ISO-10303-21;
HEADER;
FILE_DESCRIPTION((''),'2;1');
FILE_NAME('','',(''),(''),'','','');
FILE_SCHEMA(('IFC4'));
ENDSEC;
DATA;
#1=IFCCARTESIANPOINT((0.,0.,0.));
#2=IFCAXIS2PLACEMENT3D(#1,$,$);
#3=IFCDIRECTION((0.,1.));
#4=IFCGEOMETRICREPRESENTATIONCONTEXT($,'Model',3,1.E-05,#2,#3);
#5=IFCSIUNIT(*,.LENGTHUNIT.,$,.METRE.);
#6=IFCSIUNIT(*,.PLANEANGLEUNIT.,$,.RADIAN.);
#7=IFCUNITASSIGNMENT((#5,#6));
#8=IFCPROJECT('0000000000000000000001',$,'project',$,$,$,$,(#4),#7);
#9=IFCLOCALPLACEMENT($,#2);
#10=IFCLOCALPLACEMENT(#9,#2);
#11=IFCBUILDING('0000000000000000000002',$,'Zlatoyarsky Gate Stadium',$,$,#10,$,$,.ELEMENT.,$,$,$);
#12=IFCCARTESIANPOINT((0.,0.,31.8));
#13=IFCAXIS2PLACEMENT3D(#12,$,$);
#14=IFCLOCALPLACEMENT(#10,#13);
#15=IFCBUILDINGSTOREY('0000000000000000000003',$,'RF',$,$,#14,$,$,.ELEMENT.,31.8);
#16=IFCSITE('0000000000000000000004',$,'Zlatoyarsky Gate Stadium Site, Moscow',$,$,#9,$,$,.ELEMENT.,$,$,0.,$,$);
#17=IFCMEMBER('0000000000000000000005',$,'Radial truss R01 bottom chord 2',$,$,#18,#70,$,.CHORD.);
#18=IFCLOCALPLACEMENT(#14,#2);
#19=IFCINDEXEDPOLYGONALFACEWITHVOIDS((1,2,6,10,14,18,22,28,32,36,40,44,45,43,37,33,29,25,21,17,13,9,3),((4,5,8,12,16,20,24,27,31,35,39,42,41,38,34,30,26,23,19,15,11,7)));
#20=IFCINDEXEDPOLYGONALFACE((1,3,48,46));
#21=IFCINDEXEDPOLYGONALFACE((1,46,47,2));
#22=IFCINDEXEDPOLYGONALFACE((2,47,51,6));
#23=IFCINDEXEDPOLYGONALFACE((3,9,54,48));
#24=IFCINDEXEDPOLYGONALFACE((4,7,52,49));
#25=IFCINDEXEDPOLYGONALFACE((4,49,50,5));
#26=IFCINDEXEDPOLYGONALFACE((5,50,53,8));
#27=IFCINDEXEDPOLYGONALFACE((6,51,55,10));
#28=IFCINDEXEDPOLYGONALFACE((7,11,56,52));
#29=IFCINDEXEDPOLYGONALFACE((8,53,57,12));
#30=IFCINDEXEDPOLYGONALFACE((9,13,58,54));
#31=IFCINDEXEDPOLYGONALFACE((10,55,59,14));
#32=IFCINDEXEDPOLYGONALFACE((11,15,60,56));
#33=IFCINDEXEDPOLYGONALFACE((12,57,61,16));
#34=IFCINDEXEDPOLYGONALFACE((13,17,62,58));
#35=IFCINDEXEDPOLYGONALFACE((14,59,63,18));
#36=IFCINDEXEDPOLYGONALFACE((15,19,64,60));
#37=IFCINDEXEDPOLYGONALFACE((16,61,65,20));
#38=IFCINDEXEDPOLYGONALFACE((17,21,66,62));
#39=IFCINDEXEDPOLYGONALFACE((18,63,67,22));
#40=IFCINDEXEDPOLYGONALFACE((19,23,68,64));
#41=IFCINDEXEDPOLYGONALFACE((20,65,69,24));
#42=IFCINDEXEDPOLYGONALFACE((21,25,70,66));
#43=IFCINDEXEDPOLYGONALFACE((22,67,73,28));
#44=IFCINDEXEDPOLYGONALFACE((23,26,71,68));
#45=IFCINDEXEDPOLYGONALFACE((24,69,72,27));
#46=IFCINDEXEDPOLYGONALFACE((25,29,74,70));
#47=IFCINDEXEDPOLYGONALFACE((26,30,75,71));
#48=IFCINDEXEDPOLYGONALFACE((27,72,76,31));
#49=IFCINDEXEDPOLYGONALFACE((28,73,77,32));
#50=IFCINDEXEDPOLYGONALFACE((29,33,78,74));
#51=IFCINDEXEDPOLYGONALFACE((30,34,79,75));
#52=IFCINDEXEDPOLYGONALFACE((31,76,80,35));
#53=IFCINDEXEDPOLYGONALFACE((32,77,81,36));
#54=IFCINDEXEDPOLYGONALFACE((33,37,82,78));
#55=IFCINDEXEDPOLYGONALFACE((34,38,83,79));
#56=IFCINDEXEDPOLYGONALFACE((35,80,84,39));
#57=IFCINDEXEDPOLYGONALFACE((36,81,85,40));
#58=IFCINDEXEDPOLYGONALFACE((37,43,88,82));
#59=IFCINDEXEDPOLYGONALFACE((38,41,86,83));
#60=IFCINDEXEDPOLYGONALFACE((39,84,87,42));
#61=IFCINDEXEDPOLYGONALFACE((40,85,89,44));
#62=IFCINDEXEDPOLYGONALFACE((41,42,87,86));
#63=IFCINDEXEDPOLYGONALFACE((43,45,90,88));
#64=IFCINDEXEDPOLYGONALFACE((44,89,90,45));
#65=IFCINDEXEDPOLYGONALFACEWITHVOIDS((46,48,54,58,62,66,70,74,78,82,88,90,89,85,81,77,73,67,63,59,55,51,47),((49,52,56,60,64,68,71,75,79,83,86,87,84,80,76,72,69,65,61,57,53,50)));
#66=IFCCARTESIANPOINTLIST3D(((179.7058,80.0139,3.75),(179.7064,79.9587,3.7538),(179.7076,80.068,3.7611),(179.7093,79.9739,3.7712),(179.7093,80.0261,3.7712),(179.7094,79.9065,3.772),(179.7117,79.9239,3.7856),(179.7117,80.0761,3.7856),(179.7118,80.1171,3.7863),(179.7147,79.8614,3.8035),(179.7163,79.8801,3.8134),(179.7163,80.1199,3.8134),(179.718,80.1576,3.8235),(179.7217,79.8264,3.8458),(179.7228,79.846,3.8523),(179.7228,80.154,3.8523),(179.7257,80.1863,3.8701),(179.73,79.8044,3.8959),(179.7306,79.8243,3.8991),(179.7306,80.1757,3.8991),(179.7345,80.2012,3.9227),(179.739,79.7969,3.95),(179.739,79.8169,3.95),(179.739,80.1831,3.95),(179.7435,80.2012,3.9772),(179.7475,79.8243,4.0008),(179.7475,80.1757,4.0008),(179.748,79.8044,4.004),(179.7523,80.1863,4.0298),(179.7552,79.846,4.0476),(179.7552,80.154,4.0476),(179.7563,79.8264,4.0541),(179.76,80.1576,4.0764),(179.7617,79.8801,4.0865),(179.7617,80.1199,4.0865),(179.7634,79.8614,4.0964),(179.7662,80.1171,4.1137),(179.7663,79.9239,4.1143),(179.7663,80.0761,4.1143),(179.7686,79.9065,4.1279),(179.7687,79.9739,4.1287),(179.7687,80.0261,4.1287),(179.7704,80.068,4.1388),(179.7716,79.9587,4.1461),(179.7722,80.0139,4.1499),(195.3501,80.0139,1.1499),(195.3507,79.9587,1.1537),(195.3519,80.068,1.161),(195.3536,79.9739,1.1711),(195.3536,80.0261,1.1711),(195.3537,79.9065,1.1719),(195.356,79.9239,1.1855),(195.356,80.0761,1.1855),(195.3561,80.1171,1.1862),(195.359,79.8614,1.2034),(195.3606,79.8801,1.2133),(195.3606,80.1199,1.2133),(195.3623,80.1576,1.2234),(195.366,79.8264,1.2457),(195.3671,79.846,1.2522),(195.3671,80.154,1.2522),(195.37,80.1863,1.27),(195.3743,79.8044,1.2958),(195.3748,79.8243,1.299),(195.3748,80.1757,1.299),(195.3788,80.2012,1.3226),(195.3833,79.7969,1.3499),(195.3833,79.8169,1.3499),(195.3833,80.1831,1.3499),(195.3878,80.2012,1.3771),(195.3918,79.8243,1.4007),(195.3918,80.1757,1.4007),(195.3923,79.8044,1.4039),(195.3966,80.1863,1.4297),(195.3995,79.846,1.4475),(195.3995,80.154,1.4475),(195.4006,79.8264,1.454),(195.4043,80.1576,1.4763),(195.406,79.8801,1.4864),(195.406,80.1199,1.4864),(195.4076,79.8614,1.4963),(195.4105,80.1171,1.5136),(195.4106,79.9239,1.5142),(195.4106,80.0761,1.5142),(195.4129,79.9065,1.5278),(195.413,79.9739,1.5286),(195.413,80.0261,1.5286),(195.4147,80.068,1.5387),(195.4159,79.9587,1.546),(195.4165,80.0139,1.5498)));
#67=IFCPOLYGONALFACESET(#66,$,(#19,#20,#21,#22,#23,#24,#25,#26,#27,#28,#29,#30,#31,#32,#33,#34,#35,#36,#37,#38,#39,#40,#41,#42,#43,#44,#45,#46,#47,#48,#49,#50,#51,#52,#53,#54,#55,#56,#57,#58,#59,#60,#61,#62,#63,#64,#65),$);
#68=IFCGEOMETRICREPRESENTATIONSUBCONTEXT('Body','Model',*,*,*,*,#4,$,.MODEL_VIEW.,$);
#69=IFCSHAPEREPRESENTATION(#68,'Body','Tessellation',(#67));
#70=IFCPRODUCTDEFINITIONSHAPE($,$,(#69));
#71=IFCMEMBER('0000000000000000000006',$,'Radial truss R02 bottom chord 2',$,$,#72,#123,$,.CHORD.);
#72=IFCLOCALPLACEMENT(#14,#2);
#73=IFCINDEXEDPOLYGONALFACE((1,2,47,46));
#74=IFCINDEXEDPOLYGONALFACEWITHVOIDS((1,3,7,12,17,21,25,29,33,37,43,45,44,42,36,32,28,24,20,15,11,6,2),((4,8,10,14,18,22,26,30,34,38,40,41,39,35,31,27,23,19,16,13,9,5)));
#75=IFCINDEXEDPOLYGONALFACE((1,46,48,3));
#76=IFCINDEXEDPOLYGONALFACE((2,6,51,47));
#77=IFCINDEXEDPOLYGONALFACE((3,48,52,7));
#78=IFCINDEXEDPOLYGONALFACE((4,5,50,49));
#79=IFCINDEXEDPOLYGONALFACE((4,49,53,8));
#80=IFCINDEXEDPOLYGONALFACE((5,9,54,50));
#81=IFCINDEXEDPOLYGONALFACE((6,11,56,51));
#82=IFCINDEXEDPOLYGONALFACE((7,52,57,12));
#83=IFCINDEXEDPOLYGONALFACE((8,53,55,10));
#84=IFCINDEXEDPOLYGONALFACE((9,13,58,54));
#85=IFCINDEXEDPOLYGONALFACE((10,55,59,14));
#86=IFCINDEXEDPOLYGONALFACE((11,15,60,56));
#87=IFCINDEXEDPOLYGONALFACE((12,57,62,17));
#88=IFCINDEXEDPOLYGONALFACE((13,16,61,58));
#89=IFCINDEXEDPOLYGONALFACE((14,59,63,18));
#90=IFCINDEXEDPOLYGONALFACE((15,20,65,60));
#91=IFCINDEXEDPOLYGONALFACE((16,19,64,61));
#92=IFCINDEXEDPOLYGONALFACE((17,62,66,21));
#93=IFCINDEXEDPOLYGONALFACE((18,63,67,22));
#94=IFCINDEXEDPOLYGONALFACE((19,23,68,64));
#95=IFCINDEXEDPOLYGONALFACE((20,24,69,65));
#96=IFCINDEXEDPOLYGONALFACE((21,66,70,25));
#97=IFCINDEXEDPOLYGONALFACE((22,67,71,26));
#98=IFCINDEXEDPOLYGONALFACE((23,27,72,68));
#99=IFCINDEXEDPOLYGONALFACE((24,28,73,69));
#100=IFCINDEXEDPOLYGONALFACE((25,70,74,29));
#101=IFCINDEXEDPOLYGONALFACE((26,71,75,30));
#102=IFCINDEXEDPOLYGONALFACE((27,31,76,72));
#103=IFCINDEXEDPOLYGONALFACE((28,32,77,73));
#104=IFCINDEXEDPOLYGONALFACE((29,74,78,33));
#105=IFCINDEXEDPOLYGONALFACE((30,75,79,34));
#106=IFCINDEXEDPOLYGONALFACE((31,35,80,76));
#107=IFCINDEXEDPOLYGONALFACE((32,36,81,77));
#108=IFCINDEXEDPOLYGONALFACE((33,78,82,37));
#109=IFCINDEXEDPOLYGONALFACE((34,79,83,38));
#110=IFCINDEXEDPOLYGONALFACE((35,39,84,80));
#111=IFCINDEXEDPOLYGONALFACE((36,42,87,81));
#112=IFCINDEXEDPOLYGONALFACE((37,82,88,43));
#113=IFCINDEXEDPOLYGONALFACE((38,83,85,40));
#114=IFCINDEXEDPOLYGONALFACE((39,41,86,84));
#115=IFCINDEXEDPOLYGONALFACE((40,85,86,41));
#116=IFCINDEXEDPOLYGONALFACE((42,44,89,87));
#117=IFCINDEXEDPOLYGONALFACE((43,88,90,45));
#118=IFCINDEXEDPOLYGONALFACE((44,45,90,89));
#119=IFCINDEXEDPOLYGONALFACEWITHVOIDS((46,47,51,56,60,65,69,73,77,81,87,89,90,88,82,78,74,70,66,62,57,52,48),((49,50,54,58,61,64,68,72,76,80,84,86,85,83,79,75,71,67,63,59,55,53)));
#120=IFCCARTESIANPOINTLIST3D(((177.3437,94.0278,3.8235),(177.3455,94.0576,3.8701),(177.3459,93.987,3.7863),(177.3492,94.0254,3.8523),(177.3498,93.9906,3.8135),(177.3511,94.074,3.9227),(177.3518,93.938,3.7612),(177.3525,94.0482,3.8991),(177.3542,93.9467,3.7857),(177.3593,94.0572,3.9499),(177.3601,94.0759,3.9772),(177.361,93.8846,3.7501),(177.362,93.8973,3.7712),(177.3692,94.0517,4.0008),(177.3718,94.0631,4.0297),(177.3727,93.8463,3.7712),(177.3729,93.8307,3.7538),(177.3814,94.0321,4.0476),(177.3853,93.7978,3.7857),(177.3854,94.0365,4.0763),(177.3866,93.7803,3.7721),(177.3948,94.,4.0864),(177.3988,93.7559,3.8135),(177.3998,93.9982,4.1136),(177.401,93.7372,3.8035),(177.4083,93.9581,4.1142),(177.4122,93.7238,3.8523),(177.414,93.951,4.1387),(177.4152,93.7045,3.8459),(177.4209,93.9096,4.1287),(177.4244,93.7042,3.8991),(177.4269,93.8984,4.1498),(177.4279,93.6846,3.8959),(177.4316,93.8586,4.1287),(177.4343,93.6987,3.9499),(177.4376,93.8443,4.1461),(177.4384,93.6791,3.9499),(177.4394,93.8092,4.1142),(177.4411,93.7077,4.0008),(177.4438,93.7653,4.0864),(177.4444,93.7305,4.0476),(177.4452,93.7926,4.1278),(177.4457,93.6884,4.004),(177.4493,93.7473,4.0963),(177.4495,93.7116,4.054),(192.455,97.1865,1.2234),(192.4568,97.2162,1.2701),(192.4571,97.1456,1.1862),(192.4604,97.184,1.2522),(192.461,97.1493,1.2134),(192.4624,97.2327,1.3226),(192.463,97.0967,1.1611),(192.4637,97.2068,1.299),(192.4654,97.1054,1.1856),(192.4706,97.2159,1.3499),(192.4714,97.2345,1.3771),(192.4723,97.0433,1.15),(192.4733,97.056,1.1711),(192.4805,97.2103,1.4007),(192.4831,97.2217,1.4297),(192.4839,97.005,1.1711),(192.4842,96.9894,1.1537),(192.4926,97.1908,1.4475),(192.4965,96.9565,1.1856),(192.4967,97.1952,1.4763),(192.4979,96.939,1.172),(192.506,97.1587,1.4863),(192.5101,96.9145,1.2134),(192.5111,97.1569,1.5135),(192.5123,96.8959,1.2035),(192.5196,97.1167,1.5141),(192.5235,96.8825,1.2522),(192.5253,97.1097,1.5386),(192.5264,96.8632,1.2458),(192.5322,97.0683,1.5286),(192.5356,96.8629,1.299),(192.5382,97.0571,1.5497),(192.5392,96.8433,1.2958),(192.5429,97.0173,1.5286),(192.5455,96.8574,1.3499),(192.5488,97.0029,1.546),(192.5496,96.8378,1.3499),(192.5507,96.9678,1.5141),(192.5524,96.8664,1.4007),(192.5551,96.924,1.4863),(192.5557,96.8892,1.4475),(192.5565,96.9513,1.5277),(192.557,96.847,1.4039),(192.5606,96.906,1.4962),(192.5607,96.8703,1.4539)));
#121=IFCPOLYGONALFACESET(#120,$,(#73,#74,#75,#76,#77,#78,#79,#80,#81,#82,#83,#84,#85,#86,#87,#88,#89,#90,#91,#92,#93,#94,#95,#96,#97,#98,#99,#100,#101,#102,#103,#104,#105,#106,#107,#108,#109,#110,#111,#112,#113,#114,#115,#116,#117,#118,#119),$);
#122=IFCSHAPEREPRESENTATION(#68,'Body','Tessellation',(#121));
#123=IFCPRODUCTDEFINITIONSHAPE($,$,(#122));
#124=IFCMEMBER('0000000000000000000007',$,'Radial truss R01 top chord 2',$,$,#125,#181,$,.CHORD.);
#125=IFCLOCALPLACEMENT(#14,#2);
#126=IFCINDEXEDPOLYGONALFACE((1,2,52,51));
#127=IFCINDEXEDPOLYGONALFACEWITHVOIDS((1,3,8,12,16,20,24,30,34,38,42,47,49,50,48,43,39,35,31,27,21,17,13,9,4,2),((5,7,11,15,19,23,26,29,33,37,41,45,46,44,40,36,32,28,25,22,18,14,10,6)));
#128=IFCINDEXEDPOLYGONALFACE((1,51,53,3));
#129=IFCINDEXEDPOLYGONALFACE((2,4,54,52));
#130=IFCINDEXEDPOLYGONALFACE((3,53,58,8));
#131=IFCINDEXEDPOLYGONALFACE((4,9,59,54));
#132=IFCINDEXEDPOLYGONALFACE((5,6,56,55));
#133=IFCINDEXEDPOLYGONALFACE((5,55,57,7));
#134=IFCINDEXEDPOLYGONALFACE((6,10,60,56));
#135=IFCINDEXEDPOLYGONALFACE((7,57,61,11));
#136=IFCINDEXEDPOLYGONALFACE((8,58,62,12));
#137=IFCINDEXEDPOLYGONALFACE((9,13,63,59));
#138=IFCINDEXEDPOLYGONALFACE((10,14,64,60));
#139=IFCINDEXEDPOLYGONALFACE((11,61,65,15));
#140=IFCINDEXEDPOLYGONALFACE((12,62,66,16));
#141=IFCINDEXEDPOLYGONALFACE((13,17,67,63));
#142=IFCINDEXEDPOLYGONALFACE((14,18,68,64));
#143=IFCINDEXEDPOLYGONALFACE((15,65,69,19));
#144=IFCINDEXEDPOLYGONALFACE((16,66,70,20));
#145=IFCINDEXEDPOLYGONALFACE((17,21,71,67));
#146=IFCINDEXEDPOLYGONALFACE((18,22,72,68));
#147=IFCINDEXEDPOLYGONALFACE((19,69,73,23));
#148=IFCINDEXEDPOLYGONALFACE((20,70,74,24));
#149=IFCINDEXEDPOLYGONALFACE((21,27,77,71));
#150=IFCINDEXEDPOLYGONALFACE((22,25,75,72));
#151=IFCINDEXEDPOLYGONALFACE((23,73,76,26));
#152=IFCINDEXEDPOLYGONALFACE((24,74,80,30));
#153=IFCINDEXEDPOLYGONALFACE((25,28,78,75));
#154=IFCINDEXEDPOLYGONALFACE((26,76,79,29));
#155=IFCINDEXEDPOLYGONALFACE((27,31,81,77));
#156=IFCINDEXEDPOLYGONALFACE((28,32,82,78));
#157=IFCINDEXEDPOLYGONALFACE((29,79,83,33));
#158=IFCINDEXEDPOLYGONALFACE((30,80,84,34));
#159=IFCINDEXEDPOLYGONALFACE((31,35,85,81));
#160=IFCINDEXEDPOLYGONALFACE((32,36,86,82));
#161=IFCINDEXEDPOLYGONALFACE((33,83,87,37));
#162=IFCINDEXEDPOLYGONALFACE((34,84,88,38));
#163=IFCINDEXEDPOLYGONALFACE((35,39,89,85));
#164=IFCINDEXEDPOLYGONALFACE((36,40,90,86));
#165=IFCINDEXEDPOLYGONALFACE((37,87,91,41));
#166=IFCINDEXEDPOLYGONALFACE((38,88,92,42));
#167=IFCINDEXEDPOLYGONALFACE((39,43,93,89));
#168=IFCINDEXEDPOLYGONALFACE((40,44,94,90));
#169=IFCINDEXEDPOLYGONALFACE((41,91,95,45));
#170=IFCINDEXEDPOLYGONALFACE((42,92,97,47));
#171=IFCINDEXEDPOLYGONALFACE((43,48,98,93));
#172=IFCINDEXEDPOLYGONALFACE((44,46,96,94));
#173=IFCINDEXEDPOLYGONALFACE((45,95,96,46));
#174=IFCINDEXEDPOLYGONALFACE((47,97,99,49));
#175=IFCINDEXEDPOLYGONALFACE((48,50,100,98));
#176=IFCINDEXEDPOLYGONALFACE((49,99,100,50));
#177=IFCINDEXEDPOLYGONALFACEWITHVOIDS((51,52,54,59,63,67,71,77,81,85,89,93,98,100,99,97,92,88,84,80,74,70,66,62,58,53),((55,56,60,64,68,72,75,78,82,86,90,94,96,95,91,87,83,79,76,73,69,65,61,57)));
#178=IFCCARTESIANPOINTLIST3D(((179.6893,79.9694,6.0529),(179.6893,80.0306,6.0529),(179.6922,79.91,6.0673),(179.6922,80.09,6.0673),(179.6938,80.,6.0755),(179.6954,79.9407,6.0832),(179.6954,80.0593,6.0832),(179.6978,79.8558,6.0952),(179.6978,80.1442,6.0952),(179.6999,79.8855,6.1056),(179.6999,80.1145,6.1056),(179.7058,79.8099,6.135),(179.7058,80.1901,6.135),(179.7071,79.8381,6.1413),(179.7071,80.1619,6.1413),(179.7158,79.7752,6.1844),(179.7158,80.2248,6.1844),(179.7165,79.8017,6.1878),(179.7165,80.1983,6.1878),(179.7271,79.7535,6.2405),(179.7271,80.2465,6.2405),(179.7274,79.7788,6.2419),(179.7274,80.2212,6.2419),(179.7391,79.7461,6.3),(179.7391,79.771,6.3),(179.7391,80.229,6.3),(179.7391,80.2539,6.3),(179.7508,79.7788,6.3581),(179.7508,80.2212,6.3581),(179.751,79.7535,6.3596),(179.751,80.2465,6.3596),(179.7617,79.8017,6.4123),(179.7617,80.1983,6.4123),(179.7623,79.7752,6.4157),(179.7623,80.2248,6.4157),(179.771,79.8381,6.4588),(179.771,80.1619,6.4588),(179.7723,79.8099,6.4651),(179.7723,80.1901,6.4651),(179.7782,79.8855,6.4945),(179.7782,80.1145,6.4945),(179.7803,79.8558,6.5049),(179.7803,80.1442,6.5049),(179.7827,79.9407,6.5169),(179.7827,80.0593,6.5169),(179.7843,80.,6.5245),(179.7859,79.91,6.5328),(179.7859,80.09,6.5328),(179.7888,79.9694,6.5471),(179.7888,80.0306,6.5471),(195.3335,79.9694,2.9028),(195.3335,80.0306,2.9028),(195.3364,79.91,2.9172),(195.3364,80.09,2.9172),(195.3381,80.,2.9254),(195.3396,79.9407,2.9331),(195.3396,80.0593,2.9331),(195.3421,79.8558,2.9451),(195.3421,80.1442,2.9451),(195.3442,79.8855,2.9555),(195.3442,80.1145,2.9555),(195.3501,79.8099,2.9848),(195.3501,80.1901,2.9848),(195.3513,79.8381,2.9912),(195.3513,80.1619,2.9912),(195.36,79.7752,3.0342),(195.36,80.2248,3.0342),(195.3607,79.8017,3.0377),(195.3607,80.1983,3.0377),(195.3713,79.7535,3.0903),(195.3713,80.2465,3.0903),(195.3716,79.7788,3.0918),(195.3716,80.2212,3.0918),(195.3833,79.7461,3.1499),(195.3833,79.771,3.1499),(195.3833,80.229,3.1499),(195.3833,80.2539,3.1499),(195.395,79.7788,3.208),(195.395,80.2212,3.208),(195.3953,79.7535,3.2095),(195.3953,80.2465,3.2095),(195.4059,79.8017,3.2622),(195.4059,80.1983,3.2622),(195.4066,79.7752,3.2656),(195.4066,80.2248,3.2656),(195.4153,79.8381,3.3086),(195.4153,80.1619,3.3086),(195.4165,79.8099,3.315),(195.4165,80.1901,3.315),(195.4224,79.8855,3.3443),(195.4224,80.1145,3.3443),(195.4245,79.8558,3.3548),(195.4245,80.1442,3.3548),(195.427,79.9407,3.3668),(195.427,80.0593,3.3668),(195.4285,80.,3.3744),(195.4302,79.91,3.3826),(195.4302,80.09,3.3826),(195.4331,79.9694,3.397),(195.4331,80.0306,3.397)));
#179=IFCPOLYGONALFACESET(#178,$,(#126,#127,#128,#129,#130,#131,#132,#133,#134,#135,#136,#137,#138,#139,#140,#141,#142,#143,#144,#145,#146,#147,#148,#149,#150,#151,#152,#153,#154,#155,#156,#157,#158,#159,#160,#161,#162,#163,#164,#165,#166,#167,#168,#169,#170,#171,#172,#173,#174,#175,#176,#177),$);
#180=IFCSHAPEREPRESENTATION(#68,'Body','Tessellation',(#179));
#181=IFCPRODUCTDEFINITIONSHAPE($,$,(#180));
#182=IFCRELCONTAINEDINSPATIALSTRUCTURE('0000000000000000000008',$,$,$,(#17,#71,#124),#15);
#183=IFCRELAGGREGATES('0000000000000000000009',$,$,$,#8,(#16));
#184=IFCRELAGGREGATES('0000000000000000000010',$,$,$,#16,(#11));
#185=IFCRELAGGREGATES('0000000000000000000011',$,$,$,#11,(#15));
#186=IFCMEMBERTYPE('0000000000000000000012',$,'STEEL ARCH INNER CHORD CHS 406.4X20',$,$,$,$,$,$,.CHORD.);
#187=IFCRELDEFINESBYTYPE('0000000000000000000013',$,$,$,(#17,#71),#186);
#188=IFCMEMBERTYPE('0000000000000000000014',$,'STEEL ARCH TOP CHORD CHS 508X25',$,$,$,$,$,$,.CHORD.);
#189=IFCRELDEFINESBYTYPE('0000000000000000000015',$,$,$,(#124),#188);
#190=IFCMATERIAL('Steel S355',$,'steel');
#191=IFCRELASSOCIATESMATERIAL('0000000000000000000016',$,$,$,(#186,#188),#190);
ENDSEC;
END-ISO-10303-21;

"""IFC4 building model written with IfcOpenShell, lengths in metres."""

from ifc_helpers import new_model, si_unit, direction, frame, origin, origin_2d, place, context, subcontext, project, spatial, hollow_circle, extrude, material, material_profile, profile_set, type_object, element, save


model = new_model("IFC4")

# Units and contexts
model_context = context("Model", 3, precision=1e-05, world=origin(), true_north=direction((0.0, 1.0)))
body_context = subcontext(model_context, "Body", "Model", "MODEL_VIEW")
ifc_project = project(units=[si_unit("LENGTHUNIT", "METRE"), si_unit("PLANEANGLEUNIT", "RADIAN")], contexts=[model_context])

# Site, building, storey
site_placement = place(None, origin())
site = spatial("IfcSite", under=ifc_project, at=site_placement, Name="Zlatoyarsky Gate Stadium Site, Moscow", CompositionType="ELEMENT", RefElevation=0.0)
building_placement = place(site_placement, origin())
building = spatial("IfcBuilding", under=site, at=building_placement, Name="Zlatoyarsky Gate Stadium", CompositionType="ELEMENT")
storey_placement = place(building_placement, frame((0.0, 0.0, 31.8)))
storey = spatial("IfcBuildingStorey", under=building, at=storey_placement, Name="RF", CompositionType="ELEMENT", Elevation=31.8)

# Members
ifc_material_1 = material(Name="Steel S355", Category="steel")
ifc_material_profile_1 = material_profile(ifc_material_1, hollow_circle(Radius=0.2031, WallThickness=0.02, at=origin_2d()), Name="CHS 406.4X20")
ifc_profile_set_1 = profile_set([ifc_material_profile_1], Name="Steel S355")
member_type_1 = type_object("IfcMemberType", Name="STEEL ARCH INNER CHORD CHS 406.4X20", PredefinedType="CHORD", material=ifc_profile_set_1)
member_1_placement = place(storey_placement, frame((195.3833, 80.0, 1.3499), z_axis=(-0.986468, 0.0, 0.163952), x_axis=(0.0, -1.0, 0.0)))
element("IfcMember", 1, at=member_1_placement, inside=storey, type_object=member_type_1, Name="Radial truss R01 bottom chord 2", PredefinedType="CHORD", context=body_context, shape_type="SweptSolid", body=[
    extrude(hollow_circle(Radius=0.2031, WallThickness=0.02, at=origin_2d()), origin(), (0.0, 0.0, 1.0), 15.8589),
])
member_2_placement = place(storey_placement, frame((192.5081, 97.0366, 1.3499), z_axis=(-0.96525, -0.201764, 0.166084), x_axis=(0.204606, -0.978844, 0.0)))
element("IfcMember", 2, at=member_2_placement, inside=storey, type_object=member_type_1, Name="Radial truss R02 bottom chord 2", PredefinedType="CHORD", context=body_context, shape_type="SweptSolid", body=[
    extrude(hollow_circle(Radius=0.2031, WallThickness=0.02, at=origin_2d()), origin(), (0.0, 0.0, 1.0), 15.6553),
])
ifc_material_profile_2 = material_profile(ifc_material_1, hollow_circle(Radius=0.2539, WallThickness=0.0249, at=origin_2d()), Name="CHS 508X25")
ifc_profile_set_2 = profile_set([ifc_material_profile_2], Name="Steel S355")
member_type_2 = type_object("IfcMemberType", Name="STEEL ARCH TOP CHORD CHS 508X25", PredefinedType="CHORD", material=ifc_profile_set_2)
member_3_placement = place(storey_placement, frame((195.3833, 80.0, 3.1499), z_axis=(-0.980323, 0.0, 0.197399), x_axis=(0.0, -1.0, 0.0)))
element("IfcMember", 3, at=member_3_placement, inside=storey, type_object=member_type_2, Name="Radial truss R01 top chord 2", PredefinedType="CHORD", context=body_context, shape_type="SweptSolid", body=[
    extrude(hollow_circle(Radius=0.2539, WallThickness=0.0249, at=origin_2d()), origin(), (0.0, 0.0, 1.0), 15.9583),
])

save(model, "model.ifc")
